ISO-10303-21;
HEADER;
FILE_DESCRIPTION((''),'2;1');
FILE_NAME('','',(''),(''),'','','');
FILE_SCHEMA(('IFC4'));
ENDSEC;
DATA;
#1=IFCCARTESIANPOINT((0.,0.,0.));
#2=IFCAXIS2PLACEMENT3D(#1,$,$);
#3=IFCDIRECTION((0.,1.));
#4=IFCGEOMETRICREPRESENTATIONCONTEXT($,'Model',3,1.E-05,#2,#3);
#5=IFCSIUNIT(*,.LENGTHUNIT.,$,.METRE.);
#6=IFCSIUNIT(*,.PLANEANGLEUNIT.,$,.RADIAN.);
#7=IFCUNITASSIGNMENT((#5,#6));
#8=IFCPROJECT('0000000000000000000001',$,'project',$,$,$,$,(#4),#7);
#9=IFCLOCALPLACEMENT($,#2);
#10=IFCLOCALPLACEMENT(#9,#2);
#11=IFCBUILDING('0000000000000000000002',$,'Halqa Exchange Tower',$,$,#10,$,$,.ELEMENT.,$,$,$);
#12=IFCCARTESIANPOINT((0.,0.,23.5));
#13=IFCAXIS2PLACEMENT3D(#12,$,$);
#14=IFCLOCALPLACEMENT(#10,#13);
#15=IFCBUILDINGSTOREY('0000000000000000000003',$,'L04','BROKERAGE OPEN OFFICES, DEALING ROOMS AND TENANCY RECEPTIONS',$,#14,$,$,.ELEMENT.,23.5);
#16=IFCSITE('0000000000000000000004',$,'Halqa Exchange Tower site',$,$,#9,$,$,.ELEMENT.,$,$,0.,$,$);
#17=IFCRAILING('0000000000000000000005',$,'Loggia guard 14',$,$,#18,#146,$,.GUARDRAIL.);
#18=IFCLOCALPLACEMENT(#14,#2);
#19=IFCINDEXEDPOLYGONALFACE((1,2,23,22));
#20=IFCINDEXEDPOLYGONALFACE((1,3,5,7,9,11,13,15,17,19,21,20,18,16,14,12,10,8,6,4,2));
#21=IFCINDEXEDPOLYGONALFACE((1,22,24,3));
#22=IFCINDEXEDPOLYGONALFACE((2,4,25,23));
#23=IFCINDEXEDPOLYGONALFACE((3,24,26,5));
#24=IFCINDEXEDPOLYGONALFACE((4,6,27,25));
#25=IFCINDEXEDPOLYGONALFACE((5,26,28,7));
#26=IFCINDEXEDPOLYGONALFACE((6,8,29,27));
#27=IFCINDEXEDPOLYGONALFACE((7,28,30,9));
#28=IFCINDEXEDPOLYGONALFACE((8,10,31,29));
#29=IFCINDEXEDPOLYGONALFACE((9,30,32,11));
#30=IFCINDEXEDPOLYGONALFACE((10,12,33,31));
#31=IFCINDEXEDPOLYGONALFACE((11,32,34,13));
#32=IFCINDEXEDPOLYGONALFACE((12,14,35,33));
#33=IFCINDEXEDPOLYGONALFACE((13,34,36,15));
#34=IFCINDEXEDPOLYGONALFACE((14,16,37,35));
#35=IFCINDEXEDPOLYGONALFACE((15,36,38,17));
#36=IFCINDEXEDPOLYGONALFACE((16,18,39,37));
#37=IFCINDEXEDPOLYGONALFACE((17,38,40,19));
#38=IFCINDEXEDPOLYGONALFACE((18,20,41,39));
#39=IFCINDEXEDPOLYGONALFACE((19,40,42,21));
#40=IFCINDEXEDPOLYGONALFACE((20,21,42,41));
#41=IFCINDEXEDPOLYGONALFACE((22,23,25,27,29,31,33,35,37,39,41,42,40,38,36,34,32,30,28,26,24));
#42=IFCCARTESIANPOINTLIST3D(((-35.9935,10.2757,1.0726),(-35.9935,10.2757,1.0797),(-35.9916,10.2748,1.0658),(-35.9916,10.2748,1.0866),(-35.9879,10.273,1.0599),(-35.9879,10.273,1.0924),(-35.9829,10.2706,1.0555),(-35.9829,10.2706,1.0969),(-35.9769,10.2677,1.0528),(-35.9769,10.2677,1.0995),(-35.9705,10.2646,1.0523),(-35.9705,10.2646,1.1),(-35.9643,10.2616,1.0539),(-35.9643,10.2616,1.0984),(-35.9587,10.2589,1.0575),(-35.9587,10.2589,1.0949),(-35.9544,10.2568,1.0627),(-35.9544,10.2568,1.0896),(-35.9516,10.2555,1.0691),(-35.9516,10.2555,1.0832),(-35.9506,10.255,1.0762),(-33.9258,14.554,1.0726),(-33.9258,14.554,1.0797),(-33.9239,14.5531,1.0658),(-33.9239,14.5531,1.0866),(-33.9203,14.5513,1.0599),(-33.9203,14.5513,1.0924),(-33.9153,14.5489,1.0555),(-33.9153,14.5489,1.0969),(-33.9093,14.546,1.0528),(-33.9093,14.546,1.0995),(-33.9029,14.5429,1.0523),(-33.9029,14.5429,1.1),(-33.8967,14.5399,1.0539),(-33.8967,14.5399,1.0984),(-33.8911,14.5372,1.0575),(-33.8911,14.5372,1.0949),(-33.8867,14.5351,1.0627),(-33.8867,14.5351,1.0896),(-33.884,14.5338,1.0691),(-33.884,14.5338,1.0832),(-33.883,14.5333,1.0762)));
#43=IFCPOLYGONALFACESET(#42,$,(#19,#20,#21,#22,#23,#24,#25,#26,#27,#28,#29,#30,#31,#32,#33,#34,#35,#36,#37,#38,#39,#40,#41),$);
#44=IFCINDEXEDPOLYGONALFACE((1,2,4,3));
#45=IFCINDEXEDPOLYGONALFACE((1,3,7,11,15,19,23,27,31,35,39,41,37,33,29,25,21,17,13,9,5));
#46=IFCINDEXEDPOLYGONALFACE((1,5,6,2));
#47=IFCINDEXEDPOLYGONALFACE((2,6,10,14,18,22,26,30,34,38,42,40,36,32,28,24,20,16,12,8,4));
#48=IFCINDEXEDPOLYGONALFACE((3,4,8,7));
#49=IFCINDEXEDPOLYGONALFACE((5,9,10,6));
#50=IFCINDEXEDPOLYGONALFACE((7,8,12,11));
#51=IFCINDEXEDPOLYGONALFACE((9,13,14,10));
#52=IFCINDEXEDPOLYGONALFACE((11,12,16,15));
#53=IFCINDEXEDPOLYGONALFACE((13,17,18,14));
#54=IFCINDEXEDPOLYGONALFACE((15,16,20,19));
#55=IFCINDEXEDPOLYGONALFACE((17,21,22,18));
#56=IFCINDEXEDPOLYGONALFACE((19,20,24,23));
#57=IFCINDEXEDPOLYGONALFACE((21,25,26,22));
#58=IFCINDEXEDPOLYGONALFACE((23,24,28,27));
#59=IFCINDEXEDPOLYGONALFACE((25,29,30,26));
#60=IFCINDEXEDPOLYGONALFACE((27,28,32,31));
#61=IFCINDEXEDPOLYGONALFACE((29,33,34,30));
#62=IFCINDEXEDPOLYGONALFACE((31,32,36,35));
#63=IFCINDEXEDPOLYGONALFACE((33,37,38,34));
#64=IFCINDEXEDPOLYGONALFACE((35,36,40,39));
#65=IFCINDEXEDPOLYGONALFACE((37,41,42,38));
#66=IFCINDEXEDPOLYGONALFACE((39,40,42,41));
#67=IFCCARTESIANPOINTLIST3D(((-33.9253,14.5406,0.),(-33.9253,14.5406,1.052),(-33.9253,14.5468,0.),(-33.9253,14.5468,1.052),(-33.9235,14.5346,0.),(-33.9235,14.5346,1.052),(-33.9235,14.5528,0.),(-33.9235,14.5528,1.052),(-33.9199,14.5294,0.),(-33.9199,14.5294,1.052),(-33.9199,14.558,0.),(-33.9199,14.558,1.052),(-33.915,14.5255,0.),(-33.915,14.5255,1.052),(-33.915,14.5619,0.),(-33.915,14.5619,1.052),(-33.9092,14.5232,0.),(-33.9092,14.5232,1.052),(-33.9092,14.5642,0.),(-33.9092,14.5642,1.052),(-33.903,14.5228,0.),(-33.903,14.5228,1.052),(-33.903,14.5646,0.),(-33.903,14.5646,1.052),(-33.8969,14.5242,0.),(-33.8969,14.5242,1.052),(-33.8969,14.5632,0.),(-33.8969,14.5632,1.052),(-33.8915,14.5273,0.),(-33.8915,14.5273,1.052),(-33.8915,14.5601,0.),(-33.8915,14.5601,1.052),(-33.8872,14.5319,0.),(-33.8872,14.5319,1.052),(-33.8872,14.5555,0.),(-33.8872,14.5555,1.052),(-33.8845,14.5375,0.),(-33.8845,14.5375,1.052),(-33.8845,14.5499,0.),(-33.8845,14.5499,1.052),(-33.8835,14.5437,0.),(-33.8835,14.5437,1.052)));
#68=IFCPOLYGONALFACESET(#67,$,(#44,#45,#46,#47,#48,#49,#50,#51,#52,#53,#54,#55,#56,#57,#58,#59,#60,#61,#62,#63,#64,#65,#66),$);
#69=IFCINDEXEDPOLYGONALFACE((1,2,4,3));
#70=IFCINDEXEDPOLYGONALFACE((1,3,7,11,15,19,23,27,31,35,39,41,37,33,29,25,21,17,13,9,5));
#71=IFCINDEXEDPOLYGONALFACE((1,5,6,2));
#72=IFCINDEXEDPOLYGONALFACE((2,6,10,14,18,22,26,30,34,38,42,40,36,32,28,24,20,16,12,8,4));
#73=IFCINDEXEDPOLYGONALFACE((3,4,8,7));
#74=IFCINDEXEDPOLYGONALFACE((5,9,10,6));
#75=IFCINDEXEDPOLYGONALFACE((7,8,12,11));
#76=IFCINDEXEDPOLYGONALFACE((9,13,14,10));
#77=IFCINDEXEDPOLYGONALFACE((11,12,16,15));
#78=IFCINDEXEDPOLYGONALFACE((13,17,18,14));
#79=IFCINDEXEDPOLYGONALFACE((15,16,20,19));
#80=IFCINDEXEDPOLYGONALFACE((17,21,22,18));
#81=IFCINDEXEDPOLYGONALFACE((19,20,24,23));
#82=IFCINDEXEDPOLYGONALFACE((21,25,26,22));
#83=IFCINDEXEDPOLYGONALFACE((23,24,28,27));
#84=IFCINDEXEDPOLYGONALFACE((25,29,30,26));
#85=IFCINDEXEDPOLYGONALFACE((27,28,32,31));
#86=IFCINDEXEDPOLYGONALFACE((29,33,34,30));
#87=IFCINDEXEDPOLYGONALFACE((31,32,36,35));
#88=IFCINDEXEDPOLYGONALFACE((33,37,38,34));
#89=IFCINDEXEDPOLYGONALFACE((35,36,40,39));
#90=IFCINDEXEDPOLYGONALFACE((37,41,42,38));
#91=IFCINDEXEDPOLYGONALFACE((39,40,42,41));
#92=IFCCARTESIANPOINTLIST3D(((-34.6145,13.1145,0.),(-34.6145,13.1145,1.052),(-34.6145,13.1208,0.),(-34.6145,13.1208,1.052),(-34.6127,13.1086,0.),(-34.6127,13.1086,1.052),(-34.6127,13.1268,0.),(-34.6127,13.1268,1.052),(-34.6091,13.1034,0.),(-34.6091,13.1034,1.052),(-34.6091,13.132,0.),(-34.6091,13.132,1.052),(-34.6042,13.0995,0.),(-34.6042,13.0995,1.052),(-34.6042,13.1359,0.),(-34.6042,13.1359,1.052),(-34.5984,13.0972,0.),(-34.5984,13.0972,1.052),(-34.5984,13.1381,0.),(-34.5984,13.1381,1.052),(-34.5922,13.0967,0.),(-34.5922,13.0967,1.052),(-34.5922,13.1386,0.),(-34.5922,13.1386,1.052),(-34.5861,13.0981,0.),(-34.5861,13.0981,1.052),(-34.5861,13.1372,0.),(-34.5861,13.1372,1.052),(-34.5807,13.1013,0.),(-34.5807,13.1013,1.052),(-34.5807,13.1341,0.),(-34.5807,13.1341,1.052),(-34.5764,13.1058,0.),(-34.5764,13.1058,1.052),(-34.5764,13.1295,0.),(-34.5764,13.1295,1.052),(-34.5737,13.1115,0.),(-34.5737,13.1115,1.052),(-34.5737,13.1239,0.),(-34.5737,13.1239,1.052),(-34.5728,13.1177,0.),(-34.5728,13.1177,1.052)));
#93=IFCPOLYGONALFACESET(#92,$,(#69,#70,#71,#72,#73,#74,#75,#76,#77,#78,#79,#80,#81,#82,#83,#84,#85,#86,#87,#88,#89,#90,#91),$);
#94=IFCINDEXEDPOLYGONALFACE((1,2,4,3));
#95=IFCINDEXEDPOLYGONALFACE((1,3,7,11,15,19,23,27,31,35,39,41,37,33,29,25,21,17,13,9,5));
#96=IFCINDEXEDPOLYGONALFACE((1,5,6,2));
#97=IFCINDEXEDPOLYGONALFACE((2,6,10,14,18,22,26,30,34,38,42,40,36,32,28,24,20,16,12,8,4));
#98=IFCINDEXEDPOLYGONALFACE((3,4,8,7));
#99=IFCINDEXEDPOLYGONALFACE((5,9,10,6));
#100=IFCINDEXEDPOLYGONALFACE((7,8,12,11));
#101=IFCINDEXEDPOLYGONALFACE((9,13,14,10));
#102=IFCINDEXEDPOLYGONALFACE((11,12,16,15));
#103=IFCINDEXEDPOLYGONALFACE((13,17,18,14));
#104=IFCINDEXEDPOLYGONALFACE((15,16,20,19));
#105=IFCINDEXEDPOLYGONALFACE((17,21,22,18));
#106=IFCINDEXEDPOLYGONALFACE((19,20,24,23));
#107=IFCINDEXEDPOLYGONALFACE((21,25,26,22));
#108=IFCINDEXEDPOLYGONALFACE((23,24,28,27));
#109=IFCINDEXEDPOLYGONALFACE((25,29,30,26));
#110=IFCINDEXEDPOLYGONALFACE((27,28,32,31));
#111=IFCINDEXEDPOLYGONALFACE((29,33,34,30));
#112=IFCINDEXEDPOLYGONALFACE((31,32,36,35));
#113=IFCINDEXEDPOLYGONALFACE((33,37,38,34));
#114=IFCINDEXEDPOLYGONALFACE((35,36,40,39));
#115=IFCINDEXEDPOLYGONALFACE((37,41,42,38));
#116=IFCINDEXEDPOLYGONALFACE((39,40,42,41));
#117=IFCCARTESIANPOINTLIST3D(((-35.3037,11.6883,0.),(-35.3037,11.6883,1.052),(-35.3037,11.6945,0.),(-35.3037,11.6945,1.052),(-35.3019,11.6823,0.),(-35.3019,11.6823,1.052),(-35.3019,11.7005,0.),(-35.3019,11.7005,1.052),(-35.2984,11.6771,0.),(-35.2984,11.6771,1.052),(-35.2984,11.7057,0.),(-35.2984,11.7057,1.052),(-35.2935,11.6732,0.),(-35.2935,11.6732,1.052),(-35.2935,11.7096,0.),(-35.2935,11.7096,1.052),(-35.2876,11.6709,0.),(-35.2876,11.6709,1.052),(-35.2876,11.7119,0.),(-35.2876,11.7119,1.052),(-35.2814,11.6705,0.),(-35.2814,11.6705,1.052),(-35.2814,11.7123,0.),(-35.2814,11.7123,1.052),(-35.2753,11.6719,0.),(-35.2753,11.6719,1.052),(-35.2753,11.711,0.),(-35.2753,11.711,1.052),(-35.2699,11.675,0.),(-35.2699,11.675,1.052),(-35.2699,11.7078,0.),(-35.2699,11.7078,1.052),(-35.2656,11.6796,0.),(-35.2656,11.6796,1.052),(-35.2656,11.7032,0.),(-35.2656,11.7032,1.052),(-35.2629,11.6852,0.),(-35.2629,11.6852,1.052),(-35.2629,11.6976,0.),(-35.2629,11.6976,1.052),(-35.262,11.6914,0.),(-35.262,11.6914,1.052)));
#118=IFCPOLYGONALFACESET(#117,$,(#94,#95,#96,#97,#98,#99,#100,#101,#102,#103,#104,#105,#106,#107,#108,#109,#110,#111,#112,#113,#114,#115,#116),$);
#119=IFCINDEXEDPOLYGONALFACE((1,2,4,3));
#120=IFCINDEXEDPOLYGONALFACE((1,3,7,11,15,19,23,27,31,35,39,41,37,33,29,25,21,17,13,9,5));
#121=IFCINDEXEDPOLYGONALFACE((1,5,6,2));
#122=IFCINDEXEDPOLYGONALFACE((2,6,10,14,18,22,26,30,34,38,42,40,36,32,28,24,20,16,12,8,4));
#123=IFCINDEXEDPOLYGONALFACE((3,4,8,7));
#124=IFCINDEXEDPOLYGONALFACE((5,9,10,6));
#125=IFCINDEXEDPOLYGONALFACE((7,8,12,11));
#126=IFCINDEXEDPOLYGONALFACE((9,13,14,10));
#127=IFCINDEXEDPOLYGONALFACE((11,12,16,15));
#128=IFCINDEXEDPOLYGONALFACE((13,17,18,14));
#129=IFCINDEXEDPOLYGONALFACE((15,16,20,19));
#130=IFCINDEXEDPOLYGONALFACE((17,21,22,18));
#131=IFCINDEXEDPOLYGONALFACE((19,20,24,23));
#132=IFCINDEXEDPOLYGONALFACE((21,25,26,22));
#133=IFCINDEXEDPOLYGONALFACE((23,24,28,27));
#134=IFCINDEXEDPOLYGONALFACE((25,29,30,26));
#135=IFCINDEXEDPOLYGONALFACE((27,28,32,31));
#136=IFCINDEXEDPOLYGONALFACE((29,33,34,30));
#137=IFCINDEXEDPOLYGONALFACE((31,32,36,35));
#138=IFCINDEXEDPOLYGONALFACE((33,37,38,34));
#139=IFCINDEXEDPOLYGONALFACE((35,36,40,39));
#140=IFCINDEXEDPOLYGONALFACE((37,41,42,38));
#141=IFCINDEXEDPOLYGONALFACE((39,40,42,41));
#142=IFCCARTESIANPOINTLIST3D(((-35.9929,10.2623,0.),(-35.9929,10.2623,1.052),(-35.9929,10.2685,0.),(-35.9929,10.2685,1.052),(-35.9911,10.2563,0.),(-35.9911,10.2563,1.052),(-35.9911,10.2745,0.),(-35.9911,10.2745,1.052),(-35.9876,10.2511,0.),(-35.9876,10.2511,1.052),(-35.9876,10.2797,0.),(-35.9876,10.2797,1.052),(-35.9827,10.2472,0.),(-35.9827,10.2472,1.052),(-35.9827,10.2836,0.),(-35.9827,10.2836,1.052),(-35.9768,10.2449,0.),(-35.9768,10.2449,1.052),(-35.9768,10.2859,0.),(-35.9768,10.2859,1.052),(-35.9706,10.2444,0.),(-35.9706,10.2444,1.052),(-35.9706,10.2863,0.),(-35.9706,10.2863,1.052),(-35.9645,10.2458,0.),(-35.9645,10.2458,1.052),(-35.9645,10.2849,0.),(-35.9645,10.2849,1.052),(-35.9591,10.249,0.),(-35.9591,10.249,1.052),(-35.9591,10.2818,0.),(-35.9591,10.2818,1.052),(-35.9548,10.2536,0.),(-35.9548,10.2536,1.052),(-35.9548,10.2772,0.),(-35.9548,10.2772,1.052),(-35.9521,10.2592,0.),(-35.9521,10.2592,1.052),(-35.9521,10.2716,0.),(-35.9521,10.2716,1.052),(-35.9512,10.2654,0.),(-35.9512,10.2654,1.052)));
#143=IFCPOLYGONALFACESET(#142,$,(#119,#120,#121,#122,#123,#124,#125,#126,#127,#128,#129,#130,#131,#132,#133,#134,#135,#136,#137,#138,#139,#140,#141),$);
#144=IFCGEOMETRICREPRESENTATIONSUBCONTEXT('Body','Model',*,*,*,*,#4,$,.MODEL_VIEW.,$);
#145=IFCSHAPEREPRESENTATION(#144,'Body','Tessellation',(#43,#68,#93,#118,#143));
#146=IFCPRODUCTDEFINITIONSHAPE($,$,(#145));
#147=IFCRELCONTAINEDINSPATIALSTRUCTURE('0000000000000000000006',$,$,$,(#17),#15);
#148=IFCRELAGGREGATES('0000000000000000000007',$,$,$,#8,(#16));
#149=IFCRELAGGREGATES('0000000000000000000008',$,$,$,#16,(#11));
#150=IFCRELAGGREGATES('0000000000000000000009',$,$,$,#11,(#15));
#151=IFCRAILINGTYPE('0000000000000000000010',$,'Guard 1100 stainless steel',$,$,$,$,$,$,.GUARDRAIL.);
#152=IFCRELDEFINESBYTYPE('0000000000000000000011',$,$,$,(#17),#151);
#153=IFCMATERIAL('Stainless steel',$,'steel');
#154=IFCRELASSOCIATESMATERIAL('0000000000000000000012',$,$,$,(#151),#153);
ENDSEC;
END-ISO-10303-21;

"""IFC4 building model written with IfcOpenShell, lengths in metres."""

from ifc_helpers import new_model, si_unit, direction, frame, origin, origin_2d, place, context, subcontext, project, spatial, circle, extrude, material, type_object, element, save


model = new_model("IFC4")

# Units and contexts
model_context = context("Model", 3, precision=1e-05, world=origin(), true_north=direction((0.0, 1.0)))
body_context = subcontext(model_context, "Body", "Model", "MODEL_VIEW")
ifc_project = project(units=[si_unit("LENGTHUNIT", "METRE"), si_unit("PLANEANGLEUNIT", "RADIAN")], contexts=[model_context])

# Site, building, storey
site_placement = place(None, origin())
site = spatial("IfcSite", under=ifc_project, at=site_placement, Name="Halqa Exchange Tower site", CompositionType="ELEMENT", RefElevation=0.0)
building_placement = place(site_placement, origin())
building = spatial("IfcBuilding", under=site, at=building_placement, Name="Halqa Exchange Tower", CompositionType="ELEMENT")
storey_placement = place(building_placement, frame((0.0, 0.0, 23.5)))
storey = spatial("IfcBuildingStorey", under=building, at=storey_placement, Name="L04", Description="BROKERAGE OPEN OFFICES, DEALING ROOMS AND TENANCY RECEPTIONS", CompositionType="ELEMENT", Elevation=23.5)

# Railing
ifc_material_1 = material(Name="Stainless steel", Category="steel")
railing_type = type_object("IfcRailingType", Name="Guard 1100 stainless steel", PredefinedType="GUARDRAIL", material=ifc_material_1)
railing_1_placement = place(storey_placement, frame((-33.9045, 14.5437, 0.0)))
element("IfcRailing", 1, at=railing_1_placement, inside=storey, type_object=railing_type, Name="Loggia guard 14", PredefinedType="GUARDRAIL", context=body_context, shape_type="SweptSolid", body=[
    extrude(circle(Radius=0.0239, at=origin_2d()), frame((0.0, 0.0, 1.0762), z_axis=(-0.43513, -0.900368, 0.0), x_axis=(0.900368, -0.43513, 0.0)), (0.0, 0.0, 1.0), 4.7517),
    extrude(circle(Radius=0.021, at=origin_2d()), origin(), (0.0, 0.0, 1.0), 1.052),
    extrude(circle(Radius=0.021, at=origin_2d()), frame((-0.6892, -1.426, 0.0)), (0.0, 0.0, 1.0), 1.052),
    extrude(circle(Radius=0.021, at=origin_2d()), frame((-1.3784, -2.8523, 0.0)), (0.0, 0.0, 1.0), 1.052),
    extrude(circle(Radius=0.021, at=origin_2d()), frame((-2.0676, -4.2783, 0.0)), (0.0, 0.0, 1.0), 1.052),
])

save(model, "model.ifc")
